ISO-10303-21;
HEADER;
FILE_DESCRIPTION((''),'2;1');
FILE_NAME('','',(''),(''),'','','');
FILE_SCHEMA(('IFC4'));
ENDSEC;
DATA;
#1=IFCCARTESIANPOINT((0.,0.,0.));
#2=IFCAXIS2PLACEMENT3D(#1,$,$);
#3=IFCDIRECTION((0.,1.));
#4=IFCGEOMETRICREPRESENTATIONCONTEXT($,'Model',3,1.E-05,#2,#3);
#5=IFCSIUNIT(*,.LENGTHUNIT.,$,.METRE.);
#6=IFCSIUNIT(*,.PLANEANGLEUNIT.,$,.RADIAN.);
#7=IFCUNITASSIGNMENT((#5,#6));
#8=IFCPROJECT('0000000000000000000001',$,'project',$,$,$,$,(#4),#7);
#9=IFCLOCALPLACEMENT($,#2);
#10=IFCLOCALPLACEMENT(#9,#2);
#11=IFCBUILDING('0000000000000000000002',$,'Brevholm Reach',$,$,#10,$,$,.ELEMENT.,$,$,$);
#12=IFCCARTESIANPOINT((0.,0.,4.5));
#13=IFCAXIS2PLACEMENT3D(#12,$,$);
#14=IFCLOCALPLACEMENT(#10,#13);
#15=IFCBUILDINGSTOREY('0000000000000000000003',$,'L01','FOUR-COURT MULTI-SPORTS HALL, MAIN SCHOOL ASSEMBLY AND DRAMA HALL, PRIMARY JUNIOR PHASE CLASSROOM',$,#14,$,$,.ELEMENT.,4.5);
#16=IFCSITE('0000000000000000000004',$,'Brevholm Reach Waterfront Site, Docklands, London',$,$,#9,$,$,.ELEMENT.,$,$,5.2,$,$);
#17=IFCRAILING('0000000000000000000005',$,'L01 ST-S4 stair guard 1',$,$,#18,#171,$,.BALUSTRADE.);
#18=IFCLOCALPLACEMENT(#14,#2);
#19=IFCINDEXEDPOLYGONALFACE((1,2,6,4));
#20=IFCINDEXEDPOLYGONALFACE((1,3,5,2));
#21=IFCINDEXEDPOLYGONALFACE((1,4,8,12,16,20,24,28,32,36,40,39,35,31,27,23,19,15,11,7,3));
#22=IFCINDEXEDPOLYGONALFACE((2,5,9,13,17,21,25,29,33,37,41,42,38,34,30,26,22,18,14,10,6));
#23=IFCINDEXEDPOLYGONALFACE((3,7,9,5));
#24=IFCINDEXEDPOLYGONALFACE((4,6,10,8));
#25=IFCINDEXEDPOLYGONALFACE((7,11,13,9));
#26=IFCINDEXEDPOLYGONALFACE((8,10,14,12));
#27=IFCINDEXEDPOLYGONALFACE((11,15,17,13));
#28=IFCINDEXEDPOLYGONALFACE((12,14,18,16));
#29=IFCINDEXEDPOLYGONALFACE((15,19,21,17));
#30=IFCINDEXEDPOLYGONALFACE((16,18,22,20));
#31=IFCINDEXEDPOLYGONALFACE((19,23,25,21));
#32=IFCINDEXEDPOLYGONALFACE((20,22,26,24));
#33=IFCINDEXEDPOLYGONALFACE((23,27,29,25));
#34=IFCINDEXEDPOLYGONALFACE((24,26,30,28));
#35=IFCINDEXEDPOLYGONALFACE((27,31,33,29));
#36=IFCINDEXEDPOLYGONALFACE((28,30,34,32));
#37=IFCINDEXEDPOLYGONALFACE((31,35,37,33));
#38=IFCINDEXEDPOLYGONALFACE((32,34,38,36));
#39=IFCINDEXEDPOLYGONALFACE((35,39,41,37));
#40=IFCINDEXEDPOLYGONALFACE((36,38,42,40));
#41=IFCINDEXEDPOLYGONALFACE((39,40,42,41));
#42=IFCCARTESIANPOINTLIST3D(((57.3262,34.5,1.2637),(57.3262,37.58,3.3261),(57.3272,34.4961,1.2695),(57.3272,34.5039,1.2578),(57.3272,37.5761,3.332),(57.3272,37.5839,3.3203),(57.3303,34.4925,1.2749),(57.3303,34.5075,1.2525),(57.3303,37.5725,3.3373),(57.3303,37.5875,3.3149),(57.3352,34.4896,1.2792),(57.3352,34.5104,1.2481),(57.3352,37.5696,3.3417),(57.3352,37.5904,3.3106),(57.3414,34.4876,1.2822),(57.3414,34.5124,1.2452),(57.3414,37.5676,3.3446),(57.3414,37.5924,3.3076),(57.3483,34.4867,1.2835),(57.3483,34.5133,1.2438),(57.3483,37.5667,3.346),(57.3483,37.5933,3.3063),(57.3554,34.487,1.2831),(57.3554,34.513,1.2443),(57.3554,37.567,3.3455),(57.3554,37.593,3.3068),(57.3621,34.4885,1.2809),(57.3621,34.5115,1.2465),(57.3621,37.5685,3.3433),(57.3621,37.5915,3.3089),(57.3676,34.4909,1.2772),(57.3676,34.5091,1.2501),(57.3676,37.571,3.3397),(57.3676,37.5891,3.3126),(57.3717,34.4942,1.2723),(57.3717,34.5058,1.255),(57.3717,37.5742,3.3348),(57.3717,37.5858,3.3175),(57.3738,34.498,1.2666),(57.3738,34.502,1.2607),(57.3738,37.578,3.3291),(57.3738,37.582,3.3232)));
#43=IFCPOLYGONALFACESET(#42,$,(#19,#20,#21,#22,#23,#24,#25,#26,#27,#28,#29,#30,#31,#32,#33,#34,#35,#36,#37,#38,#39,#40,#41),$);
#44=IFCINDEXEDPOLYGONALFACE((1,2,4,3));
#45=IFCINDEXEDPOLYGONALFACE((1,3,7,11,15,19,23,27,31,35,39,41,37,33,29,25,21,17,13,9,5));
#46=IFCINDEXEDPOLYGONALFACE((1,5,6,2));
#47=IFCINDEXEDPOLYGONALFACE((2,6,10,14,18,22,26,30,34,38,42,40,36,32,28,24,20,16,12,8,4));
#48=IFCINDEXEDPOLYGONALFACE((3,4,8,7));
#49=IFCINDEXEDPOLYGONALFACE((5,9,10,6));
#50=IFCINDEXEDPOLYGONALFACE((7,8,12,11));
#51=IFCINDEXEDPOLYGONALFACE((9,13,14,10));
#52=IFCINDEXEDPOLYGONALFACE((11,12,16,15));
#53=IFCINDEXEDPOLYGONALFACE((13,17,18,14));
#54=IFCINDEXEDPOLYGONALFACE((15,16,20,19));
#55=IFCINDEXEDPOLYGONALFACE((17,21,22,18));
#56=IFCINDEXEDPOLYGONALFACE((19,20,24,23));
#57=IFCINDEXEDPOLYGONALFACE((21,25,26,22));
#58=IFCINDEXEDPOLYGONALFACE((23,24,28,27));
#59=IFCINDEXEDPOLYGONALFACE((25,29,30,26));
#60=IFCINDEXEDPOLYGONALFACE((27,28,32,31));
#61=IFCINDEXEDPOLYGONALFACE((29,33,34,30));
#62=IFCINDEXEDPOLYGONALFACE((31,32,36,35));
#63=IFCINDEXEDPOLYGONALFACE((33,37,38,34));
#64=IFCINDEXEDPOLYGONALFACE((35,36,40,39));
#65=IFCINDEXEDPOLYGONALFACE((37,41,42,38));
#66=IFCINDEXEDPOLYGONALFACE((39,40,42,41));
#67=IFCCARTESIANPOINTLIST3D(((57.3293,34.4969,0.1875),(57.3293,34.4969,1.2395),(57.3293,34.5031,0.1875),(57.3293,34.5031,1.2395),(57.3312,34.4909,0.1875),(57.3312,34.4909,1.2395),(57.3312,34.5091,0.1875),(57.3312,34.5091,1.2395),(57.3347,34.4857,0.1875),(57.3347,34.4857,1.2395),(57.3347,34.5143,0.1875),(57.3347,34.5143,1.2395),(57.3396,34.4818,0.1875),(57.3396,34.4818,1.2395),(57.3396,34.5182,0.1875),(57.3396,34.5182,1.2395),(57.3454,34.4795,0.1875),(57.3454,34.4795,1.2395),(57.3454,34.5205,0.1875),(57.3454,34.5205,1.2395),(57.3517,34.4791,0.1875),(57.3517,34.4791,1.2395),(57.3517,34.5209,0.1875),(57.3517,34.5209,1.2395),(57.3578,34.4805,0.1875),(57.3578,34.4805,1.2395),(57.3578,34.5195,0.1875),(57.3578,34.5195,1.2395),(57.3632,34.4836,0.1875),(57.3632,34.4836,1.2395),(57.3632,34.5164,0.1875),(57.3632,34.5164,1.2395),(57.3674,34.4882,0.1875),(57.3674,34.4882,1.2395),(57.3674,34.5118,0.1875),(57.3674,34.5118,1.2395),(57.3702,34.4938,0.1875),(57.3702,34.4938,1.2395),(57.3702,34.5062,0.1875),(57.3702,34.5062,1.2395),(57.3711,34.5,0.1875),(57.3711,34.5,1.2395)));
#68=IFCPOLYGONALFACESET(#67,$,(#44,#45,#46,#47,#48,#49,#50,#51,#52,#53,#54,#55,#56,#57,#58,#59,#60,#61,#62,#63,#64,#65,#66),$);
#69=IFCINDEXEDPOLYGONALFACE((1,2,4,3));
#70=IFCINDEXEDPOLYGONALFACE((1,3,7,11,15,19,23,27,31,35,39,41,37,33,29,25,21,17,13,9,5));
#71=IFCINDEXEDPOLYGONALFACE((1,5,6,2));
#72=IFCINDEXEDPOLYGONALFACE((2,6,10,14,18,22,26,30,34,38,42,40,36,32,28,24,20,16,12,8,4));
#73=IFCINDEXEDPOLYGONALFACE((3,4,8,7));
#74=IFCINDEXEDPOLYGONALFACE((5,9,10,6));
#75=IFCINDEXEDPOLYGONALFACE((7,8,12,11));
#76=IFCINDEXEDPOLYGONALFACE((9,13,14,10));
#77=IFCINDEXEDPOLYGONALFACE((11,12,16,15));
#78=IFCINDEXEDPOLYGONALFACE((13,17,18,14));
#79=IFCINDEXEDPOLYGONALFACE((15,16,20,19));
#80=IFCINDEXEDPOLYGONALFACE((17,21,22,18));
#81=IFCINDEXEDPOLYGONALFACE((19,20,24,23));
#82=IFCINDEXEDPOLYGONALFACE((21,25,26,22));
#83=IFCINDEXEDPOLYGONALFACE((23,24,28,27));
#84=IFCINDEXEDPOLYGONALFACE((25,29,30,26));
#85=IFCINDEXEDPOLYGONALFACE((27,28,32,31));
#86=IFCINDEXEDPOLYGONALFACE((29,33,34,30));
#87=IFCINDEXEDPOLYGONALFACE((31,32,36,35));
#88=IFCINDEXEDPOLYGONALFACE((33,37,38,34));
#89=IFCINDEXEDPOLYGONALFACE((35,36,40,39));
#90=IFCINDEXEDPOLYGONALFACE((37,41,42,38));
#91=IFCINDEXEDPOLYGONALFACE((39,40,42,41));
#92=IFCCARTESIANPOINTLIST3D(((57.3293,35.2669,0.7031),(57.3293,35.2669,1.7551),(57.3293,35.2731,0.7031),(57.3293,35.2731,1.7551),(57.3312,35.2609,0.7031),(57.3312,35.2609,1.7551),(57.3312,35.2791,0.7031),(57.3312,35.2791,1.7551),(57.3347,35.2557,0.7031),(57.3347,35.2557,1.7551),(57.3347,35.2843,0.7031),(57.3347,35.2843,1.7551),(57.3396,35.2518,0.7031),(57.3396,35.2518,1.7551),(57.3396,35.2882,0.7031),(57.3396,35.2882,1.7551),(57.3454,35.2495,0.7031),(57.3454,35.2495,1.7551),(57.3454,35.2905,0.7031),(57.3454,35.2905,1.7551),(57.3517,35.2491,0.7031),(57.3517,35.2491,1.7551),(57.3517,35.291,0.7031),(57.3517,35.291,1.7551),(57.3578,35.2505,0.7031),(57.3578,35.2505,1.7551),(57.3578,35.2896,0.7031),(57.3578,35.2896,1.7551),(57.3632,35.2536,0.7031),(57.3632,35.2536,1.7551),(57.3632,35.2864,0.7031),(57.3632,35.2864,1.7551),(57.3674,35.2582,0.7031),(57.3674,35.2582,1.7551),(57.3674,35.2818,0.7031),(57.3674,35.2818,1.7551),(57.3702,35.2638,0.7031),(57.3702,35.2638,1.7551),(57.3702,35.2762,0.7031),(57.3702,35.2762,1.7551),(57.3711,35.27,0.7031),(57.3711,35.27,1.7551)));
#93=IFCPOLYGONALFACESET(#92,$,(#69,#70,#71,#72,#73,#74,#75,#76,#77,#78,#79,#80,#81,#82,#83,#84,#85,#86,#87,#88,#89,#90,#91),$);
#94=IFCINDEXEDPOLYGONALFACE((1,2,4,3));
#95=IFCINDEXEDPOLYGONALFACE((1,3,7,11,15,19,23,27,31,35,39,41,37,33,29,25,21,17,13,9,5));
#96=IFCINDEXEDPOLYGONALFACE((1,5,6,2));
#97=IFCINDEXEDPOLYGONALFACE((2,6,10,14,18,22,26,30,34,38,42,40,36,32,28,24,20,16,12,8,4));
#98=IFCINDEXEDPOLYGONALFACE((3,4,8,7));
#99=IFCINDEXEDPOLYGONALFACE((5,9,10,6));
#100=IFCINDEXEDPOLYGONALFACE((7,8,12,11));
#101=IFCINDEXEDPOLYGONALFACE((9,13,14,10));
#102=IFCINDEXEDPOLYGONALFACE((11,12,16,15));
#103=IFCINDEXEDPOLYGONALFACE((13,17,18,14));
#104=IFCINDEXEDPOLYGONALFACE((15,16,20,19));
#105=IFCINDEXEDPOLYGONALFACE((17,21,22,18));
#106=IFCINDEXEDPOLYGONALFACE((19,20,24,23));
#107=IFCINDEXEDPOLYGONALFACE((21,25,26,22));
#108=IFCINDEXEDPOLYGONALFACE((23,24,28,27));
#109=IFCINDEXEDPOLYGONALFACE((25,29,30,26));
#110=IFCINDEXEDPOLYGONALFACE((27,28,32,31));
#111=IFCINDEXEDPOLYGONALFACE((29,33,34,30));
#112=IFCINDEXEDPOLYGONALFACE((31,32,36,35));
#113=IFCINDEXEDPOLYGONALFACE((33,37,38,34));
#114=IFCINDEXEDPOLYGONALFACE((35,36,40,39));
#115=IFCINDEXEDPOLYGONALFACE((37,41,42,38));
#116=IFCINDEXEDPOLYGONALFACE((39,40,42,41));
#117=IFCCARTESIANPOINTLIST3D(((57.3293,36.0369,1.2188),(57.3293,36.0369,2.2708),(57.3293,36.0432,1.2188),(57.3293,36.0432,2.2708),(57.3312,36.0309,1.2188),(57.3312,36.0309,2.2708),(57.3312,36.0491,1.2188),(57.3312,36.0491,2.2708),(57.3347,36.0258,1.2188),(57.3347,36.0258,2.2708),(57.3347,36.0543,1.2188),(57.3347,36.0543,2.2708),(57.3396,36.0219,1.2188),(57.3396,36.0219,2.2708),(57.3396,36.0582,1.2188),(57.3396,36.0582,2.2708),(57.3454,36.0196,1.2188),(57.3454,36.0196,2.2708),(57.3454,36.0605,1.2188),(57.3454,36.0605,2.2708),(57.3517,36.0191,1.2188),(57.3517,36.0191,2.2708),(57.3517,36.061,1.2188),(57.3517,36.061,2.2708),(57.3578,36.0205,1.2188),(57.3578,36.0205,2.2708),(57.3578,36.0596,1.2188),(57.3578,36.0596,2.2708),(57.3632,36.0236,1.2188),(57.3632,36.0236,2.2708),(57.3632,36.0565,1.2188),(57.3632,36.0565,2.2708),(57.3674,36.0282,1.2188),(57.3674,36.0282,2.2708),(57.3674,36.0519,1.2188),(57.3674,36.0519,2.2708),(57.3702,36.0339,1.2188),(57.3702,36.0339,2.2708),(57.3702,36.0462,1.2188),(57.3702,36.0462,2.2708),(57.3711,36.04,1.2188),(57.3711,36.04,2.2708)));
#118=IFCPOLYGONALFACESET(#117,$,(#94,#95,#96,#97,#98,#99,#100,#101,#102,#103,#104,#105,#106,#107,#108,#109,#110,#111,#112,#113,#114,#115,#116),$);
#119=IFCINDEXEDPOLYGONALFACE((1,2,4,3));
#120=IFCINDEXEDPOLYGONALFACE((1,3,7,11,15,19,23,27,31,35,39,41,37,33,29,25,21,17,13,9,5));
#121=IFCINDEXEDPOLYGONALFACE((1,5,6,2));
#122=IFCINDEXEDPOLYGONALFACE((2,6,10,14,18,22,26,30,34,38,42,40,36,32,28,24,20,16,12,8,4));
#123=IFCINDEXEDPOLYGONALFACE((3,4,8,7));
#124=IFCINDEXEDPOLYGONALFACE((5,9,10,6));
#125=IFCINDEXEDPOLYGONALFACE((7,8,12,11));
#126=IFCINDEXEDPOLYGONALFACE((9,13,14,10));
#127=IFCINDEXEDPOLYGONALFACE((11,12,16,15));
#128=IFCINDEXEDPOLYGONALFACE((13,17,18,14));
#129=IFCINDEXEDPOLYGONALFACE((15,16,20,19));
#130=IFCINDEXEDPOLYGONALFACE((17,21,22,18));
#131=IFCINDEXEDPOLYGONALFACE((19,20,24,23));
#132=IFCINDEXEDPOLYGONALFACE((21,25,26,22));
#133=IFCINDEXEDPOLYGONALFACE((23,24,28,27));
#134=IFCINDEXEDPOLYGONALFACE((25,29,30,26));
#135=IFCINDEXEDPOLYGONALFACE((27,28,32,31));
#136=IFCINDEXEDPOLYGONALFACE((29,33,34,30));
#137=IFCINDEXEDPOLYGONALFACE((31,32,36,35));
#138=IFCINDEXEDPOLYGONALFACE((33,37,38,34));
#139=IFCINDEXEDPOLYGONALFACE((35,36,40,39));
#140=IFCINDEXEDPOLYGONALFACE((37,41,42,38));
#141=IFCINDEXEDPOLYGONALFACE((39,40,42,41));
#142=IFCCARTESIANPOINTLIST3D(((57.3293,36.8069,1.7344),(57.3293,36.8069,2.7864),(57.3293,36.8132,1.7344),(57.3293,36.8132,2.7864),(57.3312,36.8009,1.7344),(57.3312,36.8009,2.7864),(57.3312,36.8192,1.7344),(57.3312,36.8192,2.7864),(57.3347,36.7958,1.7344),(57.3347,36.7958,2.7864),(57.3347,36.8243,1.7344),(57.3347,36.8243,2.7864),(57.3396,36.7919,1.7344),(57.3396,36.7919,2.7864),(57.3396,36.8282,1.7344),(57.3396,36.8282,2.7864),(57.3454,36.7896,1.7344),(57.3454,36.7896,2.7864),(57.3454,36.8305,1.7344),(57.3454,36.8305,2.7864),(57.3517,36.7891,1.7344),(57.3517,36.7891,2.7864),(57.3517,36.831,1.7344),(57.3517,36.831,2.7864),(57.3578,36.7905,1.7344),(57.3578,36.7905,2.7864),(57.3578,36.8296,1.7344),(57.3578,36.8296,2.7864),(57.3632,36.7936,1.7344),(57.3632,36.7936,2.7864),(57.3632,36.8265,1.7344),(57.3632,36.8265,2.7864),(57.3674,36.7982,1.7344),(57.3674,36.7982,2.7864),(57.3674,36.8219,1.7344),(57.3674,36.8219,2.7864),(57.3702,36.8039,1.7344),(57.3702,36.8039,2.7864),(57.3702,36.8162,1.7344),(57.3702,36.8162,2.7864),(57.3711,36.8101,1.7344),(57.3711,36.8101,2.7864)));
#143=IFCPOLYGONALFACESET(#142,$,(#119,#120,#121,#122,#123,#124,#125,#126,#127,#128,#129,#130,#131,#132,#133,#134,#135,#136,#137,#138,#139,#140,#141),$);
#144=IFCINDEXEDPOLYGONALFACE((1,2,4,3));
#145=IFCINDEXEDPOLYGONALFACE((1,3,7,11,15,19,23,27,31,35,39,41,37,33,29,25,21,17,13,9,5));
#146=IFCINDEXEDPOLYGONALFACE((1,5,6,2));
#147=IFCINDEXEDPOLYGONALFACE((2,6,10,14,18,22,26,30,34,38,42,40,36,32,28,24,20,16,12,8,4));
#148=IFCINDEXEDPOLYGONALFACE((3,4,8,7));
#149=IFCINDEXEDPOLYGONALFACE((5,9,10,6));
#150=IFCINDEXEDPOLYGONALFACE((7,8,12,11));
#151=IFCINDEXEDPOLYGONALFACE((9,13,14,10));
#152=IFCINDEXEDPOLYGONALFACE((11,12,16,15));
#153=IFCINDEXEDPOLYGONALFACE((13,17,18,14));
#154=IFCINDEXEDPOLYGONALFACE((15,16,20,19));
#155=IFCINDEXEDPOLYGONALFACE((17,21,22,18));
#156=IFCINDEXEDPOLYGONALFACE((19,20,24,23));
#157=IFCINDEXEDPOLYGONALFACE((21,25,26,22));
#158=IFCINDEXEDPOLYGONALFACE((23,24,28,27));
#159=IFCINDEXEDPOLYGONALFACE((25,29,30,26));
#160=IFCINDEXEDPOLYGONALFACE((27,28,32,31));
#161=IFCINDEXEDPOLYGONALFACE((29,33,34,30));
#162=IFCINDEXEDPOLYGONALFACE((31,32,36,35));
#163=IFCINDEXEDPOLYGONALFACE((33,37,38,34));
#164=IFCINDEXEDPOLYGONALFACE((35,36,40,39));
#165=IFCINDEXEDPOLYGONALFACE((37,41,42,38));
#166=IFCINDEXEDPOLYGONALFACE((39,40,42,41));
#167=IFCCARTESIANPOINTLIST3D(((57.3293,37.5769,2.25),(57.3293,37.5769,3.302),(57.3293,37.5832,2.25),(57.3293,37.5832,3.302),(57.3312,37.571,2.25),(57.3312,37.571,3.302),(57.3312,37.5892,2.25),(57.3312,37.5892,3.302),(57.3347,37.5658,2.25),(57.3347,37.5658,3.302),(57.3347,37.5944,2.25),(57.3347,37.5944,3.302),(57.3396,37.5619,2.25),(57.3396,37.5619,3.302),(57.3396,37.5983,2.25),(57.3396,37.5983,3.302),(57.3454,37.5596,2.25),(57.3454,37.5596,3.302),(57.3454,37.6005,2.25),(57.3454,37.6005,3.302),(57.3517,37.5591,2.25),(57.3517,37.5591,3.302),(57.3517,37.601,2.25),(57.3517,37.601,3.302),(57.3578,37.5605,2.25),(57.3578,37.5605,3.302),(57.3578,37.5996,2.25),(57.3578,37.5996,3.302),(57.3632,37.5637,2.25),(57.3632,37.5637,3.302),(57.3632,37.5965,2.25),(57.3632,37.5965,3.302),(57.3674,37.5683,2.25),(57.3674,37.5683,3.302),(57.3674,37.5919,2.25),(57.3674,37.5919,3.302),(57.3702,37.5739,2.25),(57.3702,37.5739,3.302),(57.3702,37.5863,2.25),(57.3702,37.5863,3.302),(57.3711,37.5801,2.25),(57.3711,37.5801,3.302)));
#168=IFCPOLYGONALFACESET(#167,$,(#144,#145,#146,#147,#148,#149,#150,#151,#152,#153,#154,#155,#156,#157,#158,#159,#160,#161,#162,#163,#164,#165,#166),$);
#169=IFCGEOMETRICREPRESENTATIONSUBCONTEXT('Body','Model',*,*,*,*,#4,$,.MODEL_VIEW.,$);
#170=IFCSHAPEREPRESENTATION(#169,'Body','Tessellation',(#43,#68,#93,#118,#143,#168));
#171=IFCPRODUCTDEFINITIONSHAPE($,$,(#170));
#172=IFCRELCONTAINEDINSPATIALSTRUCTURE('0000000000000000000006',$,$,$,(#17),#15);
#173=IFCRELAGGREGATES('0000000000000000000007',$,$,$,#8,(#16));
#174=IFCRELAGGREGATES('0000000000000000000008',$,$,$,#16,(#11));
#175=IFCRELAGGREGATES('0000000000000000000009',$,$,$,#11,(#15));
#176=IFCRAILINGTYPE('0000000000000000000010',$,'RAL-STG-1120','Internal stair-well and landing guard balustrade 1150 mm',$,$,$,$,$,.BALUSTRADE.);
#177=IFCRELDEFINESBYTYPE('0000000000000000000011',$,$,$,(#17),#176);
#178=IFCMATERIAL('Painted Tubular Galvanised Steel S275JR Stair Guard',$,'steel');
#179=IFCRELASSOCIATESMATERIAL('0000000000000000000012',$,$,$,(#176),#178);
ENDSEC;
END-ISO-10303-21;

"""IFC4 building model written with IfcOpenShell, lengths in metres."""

from ifc_helpers import new_model, si_unit, direction, frame, origin, origin_2d, place, context, subcontext, project, spatial, circle, extrude, material, type_object, element, save


model = new_model("IFC4")

# Units and contexts
model_context = context("Model", 3, precision=1e-05, world=origin(), true_north=direction((0.0, 1.0)))
body_context = subcontext(model_context, "Body", "Model", "MODEL_VIEW")
ifc_project = project(units=[si_unit("LENGTHUNIT", "METRE"), si_unit("PLANEANGLEUNIT", "RADIAN")], contexts=[model_context])

# Site, building, storey
site_placement = place(None, origin())
site = spatial("IfcSite", under=ifc_project, at=site_placement, Name="Brevholm Reach Waterfront Site, Docklands, London", CompositionType="ELEMENT", RefElevation=5.2)
building_placement = place(site_placement, origin())
building = spatial("IfcBuilding", under=site, at=building_placement, Name="Brevholm Reach", CompositionType="ELEMENT")
storey_placement = place(building_placement, frame((0.0, 0.0, 4.5)))
storey = spatial("IfcBuildingStorey", under=building, at=storey_placement, Name="L01", Description="FOUR-COURT MULTI-SPORTS HALL, MAIN SCHOOL ASSEMBLY AND DRAMA HALL, PRIMARY JUNIOR PHASE CLASSROOM", CompositionType="ELEMENT", Elevation=4.5)

# Railing
ifc_material_1 = material(Name="Painted Tubular Galvanised Steel S275JR Stair Guard", Category="steel")
railing_type_1 = type_object("IfcRailingType", Name="RAL-STG-1120", Description="Internal stair-well and landing guard balustrade 1150 mm", PredefinedType="BALUSTRADE", material=ifc_material_1)
railing_1_placement = place(storey_placement, frame((57.3501, 34.5, 0.1875)))
element("IfcRailing", 1, at=railing_1_placement, inside=storey, type_object=railing_type_1, Name="L01 ST-S4 stair guard 1", PredefinedType="BALUSTRADE", context=body_context, shape_type="SweptSolid", body=[
    extrude(circle(Radius=0.0239, at=origin_2d()), frame((0.0, 0.0, 1.0762), z_axis=(0.0, 0.830914, 0.556401), x_axis=(-1.0, 0.0, 0.0)), (0.0, 0.0, 1.0), 3.7068),
    extrude(circle(Radius=0.021, at=origin_2d()), origin(), (0.0, 0.0, 1.0), 1.052),
    extrude(circle(Radius=0.021, at=origin_2d()), frame((0.0, 0.77, 0.5156)), (0.0, 0.0, 1.0), 1.052),
    extrude(circle(Radius=0.021, at=origin_2d()), frame((0.0, 1.54, 1.0312)), (0.0, 0.0, 1.0), 1.052),
    extrude(circle(Radius=0.021, at=origin_2d()), frame((0.0, 2.3101, 1.5469)), (0.0, 0.0, 1.0), 1.052),
    extrude(circle(Radius=0.021, at=origin_2d()), frame((0.0, 3.0801, 2.0625)), (0.0, 0.0, 1.0), 1.052),
])

save(model, "model.ifc")
